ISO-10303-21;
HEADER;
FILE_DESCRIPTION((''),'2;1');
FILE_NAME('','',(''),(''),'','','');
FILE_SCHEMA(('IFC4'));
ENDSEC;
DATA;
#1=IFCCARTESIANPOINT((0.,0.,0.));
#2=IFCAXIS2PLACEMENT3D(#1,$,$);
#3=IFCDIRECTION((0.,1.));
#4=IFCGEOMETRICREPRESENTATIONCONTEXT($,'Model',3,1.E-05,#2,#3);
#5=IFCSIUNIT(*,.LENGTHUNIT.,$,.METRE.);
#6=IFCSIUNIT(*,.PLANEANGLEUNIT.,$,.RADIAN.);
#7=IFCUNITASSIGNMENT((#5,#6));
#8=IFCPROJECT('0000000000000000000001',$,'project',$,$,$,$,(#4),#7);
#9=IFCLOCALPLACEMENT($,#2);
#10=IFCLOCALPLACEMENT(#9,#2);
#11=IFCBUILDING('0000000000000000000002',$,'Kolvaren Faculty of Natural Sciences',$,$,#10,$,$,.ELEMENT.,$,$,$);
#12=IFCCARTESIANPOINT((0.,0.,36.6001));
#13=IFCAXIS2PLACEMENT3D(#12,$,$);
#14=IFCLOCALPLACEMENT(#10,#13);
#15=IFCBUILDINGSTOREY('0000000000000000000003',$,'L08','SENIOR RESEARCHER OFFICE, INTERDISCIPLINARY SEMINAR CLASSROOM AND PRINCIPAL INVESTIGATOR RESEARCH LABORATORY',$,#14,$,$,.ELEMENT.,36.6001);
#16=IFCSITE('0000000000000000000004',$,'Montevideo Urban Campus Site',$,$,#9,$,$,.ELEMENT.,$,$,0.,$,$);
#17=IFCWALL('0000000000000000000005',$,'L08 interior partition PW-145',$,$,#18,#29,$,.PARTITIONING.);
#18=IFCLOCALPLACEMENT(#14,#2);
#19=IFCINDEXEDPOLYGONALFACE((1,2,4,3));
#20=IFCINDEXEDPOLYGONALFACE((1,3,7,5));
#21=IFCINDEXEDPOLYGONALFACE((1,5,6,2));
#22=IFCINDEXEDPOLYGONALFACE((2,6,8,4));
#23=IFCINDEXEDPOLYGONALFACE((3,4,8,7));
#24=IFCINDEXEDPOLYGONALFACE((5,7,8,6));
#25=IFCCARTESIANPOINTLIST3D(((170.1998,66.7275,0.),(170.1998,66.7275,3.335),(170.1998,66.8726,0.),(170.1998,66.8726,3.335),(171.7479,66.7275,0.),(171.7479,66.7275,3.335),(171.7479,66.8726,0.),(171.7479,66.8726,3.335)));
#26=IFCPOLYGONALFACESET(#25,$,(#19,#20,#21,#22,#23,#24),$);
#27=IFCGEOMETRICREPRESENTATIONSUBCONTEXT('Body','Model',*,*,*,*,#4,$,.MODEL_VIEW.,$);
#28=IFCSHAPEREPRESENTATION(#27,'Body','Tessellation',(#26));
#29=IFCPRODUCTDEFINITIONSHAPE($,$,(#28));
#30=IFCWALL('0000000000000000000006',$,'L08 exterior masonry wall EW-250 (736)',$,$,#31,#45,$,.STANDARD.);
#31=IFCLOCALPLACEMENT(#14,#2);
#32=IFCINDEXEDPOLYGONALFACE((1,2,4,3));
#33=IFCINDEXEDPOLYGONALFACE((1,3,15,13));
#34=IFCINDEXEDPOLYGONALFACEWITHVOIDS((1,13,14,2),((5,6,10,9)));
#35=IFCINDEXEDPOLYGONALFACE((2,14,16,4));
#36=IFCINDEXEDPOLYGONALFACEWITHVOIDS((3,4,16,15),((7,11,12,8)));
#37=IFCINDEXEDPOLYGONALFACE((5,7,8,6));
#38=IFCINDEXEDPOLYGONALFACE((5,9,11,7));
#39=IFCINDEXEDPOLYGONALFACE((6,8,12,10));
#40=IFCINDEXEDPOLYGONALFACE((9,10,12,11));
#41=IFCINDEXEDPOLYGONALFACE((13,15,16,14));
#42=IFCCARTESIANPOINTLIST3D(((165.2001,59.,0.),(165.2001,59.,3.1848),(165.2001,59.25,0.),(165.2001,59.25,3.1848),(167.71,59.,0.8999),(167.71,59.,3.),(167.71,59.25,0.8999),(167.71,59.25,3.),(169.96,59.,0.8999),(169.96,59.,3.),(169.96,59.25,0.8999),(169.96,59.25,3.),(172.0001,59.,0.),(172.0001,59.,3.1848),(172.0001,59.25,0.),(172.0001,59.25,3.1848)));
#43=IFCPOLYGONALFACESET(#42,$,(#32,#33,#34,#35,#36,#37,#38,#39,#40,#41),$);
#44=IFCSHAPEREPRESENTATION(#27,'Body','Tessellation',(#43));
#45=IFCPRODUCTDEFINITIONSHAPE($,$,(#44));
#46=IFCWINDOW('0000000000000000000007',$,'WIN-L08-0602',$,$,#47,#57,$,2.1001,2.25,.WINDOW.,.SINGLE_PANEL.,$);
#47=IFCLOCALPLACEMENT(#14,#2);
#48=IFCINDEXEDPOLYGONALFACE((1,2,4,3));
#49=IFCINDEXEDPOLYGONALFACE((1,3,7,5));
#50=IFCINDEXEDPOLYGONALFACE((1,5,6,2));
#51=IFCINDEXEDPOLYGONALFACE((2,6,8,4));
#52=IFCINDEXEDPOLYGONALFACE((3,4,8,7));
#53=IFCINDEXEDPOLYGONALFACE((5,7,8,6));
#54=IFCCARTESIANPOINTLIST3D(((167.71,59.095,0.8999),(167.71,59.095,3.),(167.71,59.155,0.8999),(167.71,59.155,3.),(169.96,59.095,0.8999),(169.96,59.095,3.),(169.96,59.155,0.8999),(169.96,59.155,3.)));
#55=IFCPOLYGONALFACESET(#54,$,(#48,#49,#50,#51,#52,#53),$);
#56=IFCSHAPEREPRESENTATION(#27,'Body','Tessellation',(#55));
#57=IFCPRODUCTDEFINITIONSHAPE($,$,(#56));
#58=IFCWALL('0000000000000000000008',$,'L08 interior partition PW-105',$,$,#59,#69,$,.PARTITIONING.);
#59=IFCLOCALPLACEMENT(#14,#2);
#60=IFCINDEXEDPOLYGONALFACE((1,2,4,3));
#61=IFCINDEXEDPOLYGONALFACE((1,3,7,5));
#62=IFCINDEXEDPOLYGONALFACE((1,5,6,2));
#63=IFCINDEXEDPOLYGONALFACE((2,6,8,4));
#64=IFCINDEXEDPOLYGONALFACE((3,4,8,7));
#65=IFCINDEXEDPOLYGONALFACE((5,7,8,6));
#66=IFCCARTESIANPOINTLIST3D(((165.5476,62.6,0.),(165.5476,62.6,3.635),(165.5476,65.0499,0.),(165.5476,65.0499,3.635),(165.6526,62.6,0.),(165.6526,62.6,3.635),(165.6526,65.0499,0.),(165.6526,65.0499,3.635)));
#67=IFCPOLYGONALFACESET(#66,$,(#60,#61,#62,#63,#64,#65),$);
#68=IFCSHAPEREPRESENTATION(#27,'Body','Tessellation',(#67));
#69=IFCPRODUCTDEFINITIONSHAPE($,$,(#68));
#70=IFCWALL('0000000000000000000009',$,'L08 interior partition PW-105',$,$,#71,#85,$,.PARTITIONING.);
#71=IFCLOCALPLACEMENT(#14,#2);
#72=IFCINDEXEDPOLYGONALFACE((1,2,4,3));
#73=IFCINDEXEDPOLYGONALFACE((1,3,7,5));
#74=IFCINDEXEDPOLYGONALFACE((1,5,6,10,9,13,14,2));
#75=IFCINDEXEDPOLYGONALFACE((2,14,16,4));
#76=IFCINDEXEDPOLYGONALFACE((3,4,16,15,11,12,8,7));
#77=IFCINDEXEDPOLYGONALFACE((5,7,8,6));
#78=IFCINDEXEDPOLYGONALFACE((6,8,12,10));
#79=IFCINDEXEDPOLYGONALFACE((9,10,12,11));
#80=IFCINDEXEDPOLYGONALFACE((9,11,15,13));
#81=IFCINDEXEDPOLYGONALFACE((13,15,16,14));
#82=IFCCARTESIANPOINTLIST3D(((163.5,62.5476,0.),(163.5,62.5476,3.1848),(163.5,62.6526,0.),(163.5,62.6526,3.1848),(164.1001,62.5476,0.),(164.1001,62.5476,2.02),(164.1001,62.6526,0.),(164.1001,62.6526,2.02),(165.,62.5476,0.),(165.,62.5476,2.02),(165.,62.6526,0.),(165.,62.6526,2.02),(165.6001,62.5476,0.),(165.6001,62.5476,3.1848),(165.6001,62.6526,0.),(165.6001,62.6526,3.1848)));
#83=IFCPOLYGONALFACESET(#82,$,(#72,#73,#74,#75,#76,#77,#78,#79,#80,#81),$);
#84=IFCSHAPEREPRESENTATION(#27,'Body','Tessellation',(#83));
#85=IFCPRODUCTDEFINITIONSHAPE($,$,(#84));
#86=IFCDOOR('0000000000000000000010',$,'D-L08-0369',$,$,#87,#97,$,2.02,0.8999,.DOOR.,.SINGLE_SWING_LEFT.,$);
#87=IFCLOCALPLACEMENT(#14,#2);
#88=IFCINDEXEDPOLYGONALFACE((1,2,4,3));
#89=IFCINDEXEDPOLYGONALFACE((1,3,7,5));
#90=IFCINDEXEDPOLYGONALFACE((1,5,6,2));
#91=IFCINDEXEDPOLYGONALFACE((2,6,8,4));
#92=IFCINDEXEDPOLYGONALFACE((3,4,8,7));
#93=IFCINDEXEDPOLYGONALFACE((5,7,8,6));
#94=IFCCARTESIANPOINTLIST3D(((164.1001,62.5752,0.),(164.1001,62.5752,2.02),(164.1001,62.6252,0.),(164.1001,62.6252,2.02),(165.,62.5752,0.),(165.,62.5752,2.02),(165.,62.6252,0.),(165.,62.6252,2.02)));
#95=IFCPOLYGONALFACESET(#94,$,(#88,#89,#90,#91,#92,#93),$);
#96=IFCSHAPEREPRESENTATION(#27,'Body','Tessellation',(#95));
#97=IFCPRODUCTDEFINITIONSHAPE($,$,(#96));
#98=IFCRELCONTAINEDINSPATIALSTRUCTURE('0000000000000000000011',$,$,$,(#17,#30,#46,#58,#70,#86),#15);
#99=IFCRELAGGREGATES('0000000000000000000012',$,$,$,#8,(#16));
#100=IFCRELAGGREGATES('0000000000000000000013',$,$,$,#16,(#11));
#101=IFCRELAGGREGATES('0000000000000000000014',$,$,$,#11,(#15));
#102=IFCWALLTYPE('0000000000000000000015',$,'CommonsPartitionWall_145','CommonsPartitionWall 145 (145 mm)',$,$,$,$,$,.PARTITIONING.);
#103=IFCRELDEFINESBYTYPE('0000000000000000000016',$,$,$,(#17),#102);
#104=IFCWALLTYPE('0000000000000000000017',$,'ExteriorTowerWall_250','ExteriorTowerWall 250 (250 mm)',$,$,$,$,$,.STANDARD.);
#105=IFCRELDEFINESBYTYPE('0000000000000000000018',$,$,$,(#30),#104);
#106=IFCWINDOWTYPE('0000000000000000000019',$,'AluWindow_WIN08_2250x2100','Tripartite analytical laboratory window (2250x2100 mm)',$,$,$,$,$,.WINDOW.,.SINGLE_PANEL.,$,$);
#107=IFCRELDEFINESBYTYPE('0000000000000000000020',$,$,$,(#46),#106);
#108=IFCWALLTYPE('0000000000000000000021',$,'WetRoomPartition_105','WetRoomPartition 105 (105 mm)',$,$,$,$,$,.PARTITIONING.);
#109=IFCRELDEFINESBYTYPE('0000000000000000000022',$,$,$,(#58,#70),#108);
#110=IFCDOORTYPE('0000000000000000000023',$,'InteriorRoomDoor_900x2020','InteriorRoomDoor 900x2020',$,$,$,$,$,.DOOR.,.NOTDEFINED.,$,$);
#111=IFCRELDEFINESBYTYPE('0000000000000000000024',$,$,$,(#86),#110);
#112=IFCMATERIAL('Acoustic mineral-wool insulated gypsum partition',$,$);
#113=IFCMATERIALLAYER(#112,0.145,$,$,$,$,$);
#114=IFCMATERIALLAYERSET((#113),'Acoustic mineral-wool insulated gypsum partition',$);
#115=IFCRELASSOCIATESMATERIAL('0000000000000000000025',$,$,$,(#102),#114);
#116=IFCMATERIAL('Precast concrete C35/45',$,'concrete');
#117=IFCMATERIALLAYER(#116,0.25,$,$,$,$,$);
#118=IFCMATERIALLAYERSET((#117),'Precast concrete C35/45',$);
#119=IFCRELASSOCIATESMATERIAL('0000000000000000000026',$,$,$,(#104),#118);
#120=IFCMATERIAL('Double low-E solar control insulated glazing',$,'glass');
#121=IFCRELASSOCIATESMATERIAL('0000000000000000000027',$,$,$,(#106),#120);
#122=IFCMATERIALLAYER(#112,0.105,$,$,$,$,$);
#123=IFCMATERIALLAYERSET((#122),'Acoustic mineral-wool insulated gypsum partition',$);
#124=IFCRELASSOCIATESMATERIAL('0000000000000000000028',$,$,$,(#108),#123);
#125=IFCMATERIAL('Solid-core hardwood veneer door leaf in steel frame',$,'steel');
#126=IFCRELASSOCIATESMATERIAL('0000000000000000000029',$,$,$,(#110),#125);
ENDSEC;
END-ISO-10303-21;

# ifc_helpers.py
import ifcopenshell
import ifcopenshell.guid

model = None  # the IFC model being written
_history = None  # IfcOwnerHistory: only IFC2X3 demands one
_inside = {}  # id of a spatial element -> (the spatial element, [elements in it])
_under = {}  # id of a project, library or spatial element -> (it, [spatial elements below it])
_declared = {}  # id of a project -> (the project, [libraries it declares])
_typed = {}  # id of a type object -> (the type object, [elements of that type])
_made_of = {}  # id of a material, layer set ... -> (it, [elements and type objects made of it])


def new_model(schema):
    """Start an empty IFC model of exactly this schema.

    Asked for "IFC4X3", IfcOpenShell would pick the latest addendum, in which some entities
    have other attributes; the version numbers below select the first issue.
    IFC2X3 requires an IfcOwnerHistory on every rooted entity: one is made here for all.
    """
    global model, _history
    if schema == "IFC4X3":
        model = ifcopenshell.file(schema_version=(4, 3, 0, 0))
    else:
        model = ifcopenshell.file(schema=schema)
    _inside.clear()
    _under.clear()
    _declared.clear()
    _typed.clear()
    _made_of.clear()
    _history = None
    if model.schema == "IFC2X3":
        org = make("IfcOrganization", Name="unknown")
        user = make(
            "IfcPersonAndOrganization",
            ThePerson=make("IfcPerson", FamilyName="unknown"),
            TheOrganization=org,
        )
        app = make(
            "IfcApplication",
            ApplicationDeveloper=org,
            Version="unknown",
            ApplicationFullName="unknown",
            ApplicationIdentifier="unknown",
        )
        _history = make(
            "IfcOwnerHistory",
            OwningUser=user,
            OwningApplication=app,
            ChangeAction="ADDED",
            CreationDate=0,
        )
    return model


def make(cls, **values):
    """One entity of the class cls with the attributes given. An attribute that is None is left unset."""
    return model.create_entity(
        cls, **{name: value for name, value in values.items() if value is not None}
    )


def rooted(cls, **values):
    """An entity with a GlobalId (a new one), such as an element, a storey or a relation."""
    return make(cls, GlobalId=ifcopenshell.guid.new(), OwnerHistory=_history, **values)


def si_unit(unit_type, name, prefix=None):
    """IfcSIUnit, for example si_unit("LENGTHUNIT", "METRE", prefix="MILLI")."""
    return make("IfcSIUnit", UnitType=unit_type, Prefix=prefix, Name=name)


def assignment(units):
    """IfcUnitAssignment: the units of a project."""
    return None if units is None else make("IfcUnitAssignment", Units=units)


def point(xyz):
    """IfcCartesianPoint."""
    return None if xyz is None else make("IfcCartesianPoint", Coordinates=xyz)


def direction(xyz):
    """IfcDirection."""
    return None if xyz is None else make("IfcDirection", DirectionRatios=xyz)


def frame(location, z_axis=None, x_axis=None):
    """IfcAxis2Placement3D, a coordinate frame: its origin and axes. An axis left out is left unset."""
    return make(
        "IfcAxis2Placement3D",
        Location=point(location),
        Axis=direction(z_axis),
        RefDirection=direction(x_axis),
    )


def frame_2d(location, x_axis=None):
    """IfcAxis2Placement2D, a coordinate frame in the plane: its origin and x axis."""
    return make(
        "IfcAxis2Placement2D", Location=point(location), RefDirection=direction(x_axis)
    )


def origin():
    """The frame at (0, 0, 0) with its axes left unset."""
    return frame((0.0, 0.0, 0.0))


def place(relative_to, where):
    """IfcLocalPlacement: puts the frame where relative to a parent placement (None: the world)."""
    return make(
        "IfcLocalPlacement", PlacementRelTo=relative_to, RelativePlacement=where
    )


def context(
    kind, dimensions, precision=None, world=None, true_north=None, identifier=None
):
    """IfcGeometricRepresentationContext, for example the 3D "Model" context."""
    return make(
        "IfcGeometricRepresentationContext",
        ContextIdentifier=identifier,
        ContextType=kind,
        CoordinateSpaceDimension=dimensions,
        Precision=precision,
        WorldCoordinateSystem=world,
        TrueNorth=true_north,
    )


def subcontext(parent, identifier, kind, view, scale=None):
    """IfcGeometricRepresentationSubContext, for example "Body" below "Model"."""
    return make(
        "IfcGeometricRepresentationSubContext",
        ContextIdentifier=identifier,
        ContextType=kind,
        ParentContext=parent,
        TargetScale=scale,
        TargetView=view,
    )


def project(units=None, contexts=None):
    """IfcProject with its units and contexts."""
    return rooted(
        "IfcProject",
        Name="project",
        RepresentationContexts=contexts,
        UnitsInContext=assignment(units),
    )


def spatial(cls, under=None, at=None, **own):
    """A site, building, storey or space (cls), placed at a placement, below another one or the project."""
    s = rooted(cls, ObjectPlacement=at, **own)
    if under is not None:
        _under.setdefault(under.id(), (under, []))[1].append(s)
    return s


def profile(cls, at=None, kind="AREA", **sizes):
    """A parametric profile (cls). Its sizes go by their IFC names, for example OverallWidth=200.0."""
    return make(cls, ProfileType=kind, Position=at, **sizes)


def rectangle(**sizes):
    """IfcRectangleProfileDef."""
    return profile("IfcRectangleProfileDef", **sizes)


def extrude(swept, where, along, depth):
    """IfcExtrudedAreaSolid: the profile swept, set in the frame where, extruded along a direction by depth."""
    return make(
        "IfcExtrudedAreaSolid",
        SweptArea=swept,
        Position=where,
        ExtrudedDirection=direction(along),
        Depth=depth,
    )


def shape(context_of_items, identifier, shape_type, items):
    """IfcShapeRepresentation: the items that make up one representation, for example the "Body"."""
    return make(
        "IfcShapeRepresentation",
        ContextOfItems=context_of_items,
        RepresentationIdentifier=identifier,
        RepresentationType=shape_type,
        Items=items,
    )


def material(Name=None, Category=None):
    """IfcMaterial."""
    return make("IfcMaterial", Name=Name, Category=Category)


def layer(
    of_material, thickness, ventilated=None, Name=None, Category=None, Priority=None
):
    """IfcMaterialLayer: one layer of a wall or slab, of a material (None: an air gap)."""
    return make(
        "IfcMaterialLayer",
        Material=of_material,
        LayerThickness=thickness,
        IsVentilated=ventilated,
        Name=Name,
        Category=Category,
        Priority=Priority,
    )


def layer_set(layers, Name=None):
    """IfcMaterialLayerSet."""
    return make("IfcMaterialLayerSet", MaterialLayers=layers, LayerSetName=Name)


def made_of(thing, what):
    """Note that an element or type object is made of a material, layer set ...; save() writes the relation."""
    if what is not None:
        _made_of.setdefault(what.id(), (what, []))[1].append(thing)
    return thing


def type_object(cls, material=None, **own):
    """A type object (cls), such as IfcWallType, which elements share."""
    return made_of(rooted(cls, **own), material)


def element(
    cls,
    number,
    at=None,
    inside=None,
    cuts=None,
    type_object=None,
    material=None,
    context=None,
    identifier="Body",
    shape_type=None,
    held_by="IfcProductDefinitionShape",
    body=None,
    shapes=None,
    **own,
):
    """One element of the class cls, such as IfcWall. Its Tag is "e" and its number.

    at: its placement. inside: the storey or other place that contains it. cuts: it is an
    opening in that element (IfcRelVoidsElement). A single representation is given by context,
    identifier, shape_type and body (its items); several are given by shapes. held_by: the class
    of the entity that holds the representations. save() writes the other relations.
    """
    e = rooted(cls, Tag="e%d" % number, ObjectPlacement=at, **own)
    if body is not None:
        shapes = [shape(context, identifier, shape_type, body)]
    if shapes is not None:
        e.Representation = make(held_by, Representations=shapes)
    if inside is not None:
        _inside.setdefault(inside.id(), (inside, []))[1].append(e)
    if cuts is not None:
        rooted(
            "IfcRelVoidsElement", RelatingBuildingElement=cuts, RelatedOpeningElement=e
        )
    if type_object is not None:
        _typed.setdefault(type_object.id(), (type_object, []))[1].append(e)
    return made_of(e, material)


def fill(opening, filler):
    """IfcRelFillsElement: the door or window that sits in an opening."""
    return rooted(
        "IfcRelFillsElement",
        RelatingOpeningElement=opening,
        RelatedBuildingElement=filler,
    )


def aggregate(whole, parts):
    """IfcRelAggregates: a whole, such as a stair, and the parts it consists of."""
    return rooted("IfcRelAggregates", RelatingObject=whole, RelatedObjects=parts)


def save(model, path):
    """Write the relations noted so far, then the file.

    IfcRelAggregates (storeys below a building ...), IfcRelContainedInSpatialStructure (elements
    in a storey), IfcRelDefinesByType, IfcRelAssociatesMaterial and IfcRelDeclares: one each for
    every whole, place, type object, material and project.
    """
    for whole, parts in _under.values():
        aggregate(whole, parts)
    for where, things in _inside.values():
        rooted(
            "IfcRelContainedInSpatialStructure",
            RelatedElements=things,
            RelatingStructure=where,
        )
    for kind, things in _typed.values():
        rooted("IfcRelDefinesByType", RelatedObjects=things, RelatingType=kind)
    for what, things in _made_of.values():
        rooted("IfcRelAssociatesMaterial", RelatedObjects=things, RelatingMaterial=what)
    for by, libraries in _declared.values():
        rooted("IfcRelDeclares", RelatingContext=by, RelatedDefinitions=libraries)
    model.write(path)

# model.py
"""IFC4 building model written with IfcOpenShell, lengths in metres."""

from ifc_helpers import new_model, si_unit, direction, frame, frame_2d, origin, place, context, subcontext, project, spatial, rectangle, extrude, material, layer, layer_set, type_object, element, fill, save


model = new_model("IFC4")

# Units and contexts
model_context = context("Model", 3, precision=1e-05, world=origin(), true_north=direction((0.0, 1.0)))
body_context = subcontext(model_context, "Body", "Model", "MODEL_VIEW")
ifc_project = project(units=[si_unit("LENGTHUNIT", "METRE"), si_unit("PLANEANGLEUNIT", "RADIAN")], contexts=[model_context])

# Site, building, storey
site_placement = place(None, origin())
site = spatial("IfcSite", under=ifc_project, at=site_placement, Name="Montevideo Urban Campus Site", CompositionType="ELEMENT", RefElevation=0.0)
building_placement = place(site_placement, origin())
building = spatial("IfcBuilding", under=site, at=building_placement, Name="Kolvaren Faculty of Natural Sciences", CompositionType="ELEMENT")
storey_placement = place(building_placement, frame((0.0, 0.0, 36.6001)))
storey = spatial("IfcBuildingStorey", under=building, at=storey_placement, Name="L08", Description="SENIOR RESEARCHER OFFICE, INTERDISCIPLINARY SEMINAR CLASSROOM AND PRINCIPAL INVESTIGATOR RESEARCH LABORATORY", CompositionType="ELEMENT", Elevation=36.6001)

# Shared definitions
ifc_material_1 = material(Name="Acoustic mineral-wool insulated gypsum partition")
ifc_material_2 = material(Name="Solid-core hardwood veneer door leaf in steel frame", Category="steel")
ifc_layer_1 = layer(ifc_material_1, 0.145)
ifc_layer_set_1 = layer_set([ifc_layer_1], Name="Acoustic mineral-wool insulated gypsum partition")
wall_type_1 = type_object("IfcWallType", Name="CommonsPartitionWall_145", Description="CommonsPartitionWall 145 (145 mm)", PredefinedType="PARTITIONING", material=ifc_layer_set_1)

# Wall
wall_1_placement = place(storey_placement, frame((170.2, 66.8, 0.0), z_axis=(0.0, 0.0, 1.0), x_axis=(1.0, 0.0, 0.0)))
element("IfcWall", 1, at=wall_1_placement, inside=storey, type_object=wall_type_1, Name="L08 interior partition PW-145", PredefinedType="PARTITIONING", context=body_context, shape_type="SweptSolid", body=[
    extrude(rectangle(XDim=1.5481, YDim=0.145, at=frame_2d((0.7739, 0.0))), origin(), (0.0, 0.0, 1.0), 3.335),
])

# Wall, opening, window
ifc_material_3 = material(Name="Precast concrete C35/45", Category="concrete")
ifc_layer_2 = layer(ifc_material_3, 0.25)
ifc_layer_set_2 = layer_set([ifc_layer_2], Name="Precast concrete C35/45")
wall_type_2 = type_object("IfcWallType", Name="ExteriorTowerWall_250", Description="ExteriorTowerWall 250 (250 mm)", PredefinedType="STANDARD", material=ifc_layer_set_2)
wall_2_placement = place(storey_placement, frame((172.0, 59.125, 0.0), z_axis=(0.0, 0.0, 1.0), x_axis=(-1.0, 0.0, 0.0)))
wall_2 = element("IfcWall", 2, at=wall_2_placement, inside=storey, type_object=wall_type_2, Name="L08 exterior masonry wall EW-250 (736)", PredefinedType="STANDARD", context=body_context, shape_type="SweptSolid", body=[
    extrude(rectangle(XDim=6.8, YDim=0.25, at=frame_2d((3.3999, 0.0))), origin(), (0.0, 0.0, 1.0), 3.1848),
])
opening_1_placement = place(wall_2_placement, frame((2.04, 0.0, 0.8999)))
opening_1 = element("IfcOpeningElement", 3, at=opening_1_placement, cuts=wall_2, PredefinedType="OPENING", context=body_context, shape_type="SweptSolid", body=[
    extrude(rectangle(XDim=2.25, YDim=2.1001, at=frame_2d((1.125, 1.05))), frame((0.0, 0.135, 0.0), z_axis=(0.0, -1.0, 0.0), x_axis=(1.0, 0.0, 0.0)), (0.0, 0.0, 1.0), 0.27),
])
ifc_material_4 = material(Name="Double low-E solar control insulated glazing", Category="glass")
window_type = type_object("IfcWindowType", Name="AluWindow_WIN08_2250x2100", Description="Tripartite analytical laboratory window (2250x2100 mm)", PartitioningType="SINGLE_PANEL", PredefinedType="WINDOW", material=ifc_material_4)
window_placement = place(opening_1_placement, origin())
window = element("IfcWindow", 4, at=window_placement, inside=storey, type_object=window_type, Name="WIN-L08-0602", OverallHeight=2.1001, OverallWidth=2.25, PartitioningType="SINGLE_PANEL", PredefinedType="WINDOW", context=body_context, shape_type="SweptSolid", body=[
    extrude(rectangle(XDim=2.25, YDim=2.1001, at=frame_2d((1.125, 1.05))), frame((0.0, 0.03, 0.0), z_axis=(0.0, -1.0, 0.0), x_axis=(1.0, 0.0, 0.0)), (0.0, 0.0, 1.0), 0.0601),
])
fill(opening_1, window)

# Wall
ifc_layer_3 = layer(ifc_material_1, 0.105)
ifc_layer_set_3 = layer_set([ifc_layer_3], Name="Acoustic mineral-wool insulated gypsum partition")
wall_type_3 = type_object("IfcWallType", Name="WetRoomPartition_105", Description="WetRoomPartition 105 (105 mm)", PredefinedType="PARTITIONING", material=ifc_layer_set_3)
wall_3_placement = place(storey_placement, frame((165.6001, 65.05, 0.0), z_axis=(0.0, 0.0, 1.0), x_axis=(0.0, -1.0, 0.0)))
element("IfcWall", 5, at=wall_3_placement, inside=storey, type_object=wall_type_3, Name="L08 interior partition PW-105", PredefinedType="PARTITIONING", context=body_context, shape_type="SweptSolid", body=[
    extrude(rectangle(XDim=2.45, YDim=0.105, at=frame_2d((1.2251, 0.0))), origin(), (0.0, 0.0, 1.0), 3.635),
])

# Wall, opening, door
wall_4_placement = place(storey_placement, frame((165.6001, 62.6001, 0.0), z_axis=(0.0, 0.0, 1.0), x_axis=(-1.0, 0.0, 0.0)))
wall_4 = element("IfcWall", 6, at=wall_4_placement, inside=storey, type_object=wall_type_3, Name="L08 interior partition PW-105", PredefinedType="PARTITIONING", context=body_context, shape_type="SweptSolid", body=[
    extrude(rectangle(XDim=2.1001, YDim=0.105, at=frame_2d((1.05, 0.0))), origin(), (0.0, 0.0, 1.0), 3.1848),
])
opening_2_placement = place(wall_4_placement, frame((0.6001, 0.0, 0.0)))
opening_2 = element("IfcOpeningElement", 7, at=opening_2_placement, cuts=wall_4, PredefinedType="OPENING", context=body_context, shape_type="SweptSolid", body=[
    extrude(rectangle(XDim=0.8999, YDim=2.02, at=frame_2d((0.45, 1.01))), frame((0.0, 0.0625, 0.0), z_axis=(0.0, -1.0, 0.0), x_axis=(1.0, 0.0, 0.0)), (0.0, 0.0, 1.0), 0.125),
])
door_type_1 = type_object("IfcDoorType", Name="InteriorRoomDoor_900x2020", Description="InteriorRoomDoor 900x2020", OperationType="NOTDEFINED", PredefinedType="DOOR", material=ifc_material_2)
door_1_placement = place(opening_2_placement, origin())
door_1 = element("IfcDoor", 8, at=door_1_placement, inside=storey, type_object=door_type_1, Name="D-L08-0369", OperationType="SINGLE_SWING_LEFT", OverallHeight=2.02, OverallWidth=0.8999, PredefinedType="DOOR", context=body_context, shape_type="SweptSolid", body=[
    extrude(rectangle(XDim=0.8999, YDim=2.02, at=frame_2d((0.45, 1.01))), frame((0.0, 0.0249, 0.0), z_axis=(0.0, -1.0, 0.0), x_axis=(1.0, 0.0, 0.0)), (0.0, 0.0, 1.0), 0.05),
])
fill(opening_2, door_1)

save(model, "model.ifc")
